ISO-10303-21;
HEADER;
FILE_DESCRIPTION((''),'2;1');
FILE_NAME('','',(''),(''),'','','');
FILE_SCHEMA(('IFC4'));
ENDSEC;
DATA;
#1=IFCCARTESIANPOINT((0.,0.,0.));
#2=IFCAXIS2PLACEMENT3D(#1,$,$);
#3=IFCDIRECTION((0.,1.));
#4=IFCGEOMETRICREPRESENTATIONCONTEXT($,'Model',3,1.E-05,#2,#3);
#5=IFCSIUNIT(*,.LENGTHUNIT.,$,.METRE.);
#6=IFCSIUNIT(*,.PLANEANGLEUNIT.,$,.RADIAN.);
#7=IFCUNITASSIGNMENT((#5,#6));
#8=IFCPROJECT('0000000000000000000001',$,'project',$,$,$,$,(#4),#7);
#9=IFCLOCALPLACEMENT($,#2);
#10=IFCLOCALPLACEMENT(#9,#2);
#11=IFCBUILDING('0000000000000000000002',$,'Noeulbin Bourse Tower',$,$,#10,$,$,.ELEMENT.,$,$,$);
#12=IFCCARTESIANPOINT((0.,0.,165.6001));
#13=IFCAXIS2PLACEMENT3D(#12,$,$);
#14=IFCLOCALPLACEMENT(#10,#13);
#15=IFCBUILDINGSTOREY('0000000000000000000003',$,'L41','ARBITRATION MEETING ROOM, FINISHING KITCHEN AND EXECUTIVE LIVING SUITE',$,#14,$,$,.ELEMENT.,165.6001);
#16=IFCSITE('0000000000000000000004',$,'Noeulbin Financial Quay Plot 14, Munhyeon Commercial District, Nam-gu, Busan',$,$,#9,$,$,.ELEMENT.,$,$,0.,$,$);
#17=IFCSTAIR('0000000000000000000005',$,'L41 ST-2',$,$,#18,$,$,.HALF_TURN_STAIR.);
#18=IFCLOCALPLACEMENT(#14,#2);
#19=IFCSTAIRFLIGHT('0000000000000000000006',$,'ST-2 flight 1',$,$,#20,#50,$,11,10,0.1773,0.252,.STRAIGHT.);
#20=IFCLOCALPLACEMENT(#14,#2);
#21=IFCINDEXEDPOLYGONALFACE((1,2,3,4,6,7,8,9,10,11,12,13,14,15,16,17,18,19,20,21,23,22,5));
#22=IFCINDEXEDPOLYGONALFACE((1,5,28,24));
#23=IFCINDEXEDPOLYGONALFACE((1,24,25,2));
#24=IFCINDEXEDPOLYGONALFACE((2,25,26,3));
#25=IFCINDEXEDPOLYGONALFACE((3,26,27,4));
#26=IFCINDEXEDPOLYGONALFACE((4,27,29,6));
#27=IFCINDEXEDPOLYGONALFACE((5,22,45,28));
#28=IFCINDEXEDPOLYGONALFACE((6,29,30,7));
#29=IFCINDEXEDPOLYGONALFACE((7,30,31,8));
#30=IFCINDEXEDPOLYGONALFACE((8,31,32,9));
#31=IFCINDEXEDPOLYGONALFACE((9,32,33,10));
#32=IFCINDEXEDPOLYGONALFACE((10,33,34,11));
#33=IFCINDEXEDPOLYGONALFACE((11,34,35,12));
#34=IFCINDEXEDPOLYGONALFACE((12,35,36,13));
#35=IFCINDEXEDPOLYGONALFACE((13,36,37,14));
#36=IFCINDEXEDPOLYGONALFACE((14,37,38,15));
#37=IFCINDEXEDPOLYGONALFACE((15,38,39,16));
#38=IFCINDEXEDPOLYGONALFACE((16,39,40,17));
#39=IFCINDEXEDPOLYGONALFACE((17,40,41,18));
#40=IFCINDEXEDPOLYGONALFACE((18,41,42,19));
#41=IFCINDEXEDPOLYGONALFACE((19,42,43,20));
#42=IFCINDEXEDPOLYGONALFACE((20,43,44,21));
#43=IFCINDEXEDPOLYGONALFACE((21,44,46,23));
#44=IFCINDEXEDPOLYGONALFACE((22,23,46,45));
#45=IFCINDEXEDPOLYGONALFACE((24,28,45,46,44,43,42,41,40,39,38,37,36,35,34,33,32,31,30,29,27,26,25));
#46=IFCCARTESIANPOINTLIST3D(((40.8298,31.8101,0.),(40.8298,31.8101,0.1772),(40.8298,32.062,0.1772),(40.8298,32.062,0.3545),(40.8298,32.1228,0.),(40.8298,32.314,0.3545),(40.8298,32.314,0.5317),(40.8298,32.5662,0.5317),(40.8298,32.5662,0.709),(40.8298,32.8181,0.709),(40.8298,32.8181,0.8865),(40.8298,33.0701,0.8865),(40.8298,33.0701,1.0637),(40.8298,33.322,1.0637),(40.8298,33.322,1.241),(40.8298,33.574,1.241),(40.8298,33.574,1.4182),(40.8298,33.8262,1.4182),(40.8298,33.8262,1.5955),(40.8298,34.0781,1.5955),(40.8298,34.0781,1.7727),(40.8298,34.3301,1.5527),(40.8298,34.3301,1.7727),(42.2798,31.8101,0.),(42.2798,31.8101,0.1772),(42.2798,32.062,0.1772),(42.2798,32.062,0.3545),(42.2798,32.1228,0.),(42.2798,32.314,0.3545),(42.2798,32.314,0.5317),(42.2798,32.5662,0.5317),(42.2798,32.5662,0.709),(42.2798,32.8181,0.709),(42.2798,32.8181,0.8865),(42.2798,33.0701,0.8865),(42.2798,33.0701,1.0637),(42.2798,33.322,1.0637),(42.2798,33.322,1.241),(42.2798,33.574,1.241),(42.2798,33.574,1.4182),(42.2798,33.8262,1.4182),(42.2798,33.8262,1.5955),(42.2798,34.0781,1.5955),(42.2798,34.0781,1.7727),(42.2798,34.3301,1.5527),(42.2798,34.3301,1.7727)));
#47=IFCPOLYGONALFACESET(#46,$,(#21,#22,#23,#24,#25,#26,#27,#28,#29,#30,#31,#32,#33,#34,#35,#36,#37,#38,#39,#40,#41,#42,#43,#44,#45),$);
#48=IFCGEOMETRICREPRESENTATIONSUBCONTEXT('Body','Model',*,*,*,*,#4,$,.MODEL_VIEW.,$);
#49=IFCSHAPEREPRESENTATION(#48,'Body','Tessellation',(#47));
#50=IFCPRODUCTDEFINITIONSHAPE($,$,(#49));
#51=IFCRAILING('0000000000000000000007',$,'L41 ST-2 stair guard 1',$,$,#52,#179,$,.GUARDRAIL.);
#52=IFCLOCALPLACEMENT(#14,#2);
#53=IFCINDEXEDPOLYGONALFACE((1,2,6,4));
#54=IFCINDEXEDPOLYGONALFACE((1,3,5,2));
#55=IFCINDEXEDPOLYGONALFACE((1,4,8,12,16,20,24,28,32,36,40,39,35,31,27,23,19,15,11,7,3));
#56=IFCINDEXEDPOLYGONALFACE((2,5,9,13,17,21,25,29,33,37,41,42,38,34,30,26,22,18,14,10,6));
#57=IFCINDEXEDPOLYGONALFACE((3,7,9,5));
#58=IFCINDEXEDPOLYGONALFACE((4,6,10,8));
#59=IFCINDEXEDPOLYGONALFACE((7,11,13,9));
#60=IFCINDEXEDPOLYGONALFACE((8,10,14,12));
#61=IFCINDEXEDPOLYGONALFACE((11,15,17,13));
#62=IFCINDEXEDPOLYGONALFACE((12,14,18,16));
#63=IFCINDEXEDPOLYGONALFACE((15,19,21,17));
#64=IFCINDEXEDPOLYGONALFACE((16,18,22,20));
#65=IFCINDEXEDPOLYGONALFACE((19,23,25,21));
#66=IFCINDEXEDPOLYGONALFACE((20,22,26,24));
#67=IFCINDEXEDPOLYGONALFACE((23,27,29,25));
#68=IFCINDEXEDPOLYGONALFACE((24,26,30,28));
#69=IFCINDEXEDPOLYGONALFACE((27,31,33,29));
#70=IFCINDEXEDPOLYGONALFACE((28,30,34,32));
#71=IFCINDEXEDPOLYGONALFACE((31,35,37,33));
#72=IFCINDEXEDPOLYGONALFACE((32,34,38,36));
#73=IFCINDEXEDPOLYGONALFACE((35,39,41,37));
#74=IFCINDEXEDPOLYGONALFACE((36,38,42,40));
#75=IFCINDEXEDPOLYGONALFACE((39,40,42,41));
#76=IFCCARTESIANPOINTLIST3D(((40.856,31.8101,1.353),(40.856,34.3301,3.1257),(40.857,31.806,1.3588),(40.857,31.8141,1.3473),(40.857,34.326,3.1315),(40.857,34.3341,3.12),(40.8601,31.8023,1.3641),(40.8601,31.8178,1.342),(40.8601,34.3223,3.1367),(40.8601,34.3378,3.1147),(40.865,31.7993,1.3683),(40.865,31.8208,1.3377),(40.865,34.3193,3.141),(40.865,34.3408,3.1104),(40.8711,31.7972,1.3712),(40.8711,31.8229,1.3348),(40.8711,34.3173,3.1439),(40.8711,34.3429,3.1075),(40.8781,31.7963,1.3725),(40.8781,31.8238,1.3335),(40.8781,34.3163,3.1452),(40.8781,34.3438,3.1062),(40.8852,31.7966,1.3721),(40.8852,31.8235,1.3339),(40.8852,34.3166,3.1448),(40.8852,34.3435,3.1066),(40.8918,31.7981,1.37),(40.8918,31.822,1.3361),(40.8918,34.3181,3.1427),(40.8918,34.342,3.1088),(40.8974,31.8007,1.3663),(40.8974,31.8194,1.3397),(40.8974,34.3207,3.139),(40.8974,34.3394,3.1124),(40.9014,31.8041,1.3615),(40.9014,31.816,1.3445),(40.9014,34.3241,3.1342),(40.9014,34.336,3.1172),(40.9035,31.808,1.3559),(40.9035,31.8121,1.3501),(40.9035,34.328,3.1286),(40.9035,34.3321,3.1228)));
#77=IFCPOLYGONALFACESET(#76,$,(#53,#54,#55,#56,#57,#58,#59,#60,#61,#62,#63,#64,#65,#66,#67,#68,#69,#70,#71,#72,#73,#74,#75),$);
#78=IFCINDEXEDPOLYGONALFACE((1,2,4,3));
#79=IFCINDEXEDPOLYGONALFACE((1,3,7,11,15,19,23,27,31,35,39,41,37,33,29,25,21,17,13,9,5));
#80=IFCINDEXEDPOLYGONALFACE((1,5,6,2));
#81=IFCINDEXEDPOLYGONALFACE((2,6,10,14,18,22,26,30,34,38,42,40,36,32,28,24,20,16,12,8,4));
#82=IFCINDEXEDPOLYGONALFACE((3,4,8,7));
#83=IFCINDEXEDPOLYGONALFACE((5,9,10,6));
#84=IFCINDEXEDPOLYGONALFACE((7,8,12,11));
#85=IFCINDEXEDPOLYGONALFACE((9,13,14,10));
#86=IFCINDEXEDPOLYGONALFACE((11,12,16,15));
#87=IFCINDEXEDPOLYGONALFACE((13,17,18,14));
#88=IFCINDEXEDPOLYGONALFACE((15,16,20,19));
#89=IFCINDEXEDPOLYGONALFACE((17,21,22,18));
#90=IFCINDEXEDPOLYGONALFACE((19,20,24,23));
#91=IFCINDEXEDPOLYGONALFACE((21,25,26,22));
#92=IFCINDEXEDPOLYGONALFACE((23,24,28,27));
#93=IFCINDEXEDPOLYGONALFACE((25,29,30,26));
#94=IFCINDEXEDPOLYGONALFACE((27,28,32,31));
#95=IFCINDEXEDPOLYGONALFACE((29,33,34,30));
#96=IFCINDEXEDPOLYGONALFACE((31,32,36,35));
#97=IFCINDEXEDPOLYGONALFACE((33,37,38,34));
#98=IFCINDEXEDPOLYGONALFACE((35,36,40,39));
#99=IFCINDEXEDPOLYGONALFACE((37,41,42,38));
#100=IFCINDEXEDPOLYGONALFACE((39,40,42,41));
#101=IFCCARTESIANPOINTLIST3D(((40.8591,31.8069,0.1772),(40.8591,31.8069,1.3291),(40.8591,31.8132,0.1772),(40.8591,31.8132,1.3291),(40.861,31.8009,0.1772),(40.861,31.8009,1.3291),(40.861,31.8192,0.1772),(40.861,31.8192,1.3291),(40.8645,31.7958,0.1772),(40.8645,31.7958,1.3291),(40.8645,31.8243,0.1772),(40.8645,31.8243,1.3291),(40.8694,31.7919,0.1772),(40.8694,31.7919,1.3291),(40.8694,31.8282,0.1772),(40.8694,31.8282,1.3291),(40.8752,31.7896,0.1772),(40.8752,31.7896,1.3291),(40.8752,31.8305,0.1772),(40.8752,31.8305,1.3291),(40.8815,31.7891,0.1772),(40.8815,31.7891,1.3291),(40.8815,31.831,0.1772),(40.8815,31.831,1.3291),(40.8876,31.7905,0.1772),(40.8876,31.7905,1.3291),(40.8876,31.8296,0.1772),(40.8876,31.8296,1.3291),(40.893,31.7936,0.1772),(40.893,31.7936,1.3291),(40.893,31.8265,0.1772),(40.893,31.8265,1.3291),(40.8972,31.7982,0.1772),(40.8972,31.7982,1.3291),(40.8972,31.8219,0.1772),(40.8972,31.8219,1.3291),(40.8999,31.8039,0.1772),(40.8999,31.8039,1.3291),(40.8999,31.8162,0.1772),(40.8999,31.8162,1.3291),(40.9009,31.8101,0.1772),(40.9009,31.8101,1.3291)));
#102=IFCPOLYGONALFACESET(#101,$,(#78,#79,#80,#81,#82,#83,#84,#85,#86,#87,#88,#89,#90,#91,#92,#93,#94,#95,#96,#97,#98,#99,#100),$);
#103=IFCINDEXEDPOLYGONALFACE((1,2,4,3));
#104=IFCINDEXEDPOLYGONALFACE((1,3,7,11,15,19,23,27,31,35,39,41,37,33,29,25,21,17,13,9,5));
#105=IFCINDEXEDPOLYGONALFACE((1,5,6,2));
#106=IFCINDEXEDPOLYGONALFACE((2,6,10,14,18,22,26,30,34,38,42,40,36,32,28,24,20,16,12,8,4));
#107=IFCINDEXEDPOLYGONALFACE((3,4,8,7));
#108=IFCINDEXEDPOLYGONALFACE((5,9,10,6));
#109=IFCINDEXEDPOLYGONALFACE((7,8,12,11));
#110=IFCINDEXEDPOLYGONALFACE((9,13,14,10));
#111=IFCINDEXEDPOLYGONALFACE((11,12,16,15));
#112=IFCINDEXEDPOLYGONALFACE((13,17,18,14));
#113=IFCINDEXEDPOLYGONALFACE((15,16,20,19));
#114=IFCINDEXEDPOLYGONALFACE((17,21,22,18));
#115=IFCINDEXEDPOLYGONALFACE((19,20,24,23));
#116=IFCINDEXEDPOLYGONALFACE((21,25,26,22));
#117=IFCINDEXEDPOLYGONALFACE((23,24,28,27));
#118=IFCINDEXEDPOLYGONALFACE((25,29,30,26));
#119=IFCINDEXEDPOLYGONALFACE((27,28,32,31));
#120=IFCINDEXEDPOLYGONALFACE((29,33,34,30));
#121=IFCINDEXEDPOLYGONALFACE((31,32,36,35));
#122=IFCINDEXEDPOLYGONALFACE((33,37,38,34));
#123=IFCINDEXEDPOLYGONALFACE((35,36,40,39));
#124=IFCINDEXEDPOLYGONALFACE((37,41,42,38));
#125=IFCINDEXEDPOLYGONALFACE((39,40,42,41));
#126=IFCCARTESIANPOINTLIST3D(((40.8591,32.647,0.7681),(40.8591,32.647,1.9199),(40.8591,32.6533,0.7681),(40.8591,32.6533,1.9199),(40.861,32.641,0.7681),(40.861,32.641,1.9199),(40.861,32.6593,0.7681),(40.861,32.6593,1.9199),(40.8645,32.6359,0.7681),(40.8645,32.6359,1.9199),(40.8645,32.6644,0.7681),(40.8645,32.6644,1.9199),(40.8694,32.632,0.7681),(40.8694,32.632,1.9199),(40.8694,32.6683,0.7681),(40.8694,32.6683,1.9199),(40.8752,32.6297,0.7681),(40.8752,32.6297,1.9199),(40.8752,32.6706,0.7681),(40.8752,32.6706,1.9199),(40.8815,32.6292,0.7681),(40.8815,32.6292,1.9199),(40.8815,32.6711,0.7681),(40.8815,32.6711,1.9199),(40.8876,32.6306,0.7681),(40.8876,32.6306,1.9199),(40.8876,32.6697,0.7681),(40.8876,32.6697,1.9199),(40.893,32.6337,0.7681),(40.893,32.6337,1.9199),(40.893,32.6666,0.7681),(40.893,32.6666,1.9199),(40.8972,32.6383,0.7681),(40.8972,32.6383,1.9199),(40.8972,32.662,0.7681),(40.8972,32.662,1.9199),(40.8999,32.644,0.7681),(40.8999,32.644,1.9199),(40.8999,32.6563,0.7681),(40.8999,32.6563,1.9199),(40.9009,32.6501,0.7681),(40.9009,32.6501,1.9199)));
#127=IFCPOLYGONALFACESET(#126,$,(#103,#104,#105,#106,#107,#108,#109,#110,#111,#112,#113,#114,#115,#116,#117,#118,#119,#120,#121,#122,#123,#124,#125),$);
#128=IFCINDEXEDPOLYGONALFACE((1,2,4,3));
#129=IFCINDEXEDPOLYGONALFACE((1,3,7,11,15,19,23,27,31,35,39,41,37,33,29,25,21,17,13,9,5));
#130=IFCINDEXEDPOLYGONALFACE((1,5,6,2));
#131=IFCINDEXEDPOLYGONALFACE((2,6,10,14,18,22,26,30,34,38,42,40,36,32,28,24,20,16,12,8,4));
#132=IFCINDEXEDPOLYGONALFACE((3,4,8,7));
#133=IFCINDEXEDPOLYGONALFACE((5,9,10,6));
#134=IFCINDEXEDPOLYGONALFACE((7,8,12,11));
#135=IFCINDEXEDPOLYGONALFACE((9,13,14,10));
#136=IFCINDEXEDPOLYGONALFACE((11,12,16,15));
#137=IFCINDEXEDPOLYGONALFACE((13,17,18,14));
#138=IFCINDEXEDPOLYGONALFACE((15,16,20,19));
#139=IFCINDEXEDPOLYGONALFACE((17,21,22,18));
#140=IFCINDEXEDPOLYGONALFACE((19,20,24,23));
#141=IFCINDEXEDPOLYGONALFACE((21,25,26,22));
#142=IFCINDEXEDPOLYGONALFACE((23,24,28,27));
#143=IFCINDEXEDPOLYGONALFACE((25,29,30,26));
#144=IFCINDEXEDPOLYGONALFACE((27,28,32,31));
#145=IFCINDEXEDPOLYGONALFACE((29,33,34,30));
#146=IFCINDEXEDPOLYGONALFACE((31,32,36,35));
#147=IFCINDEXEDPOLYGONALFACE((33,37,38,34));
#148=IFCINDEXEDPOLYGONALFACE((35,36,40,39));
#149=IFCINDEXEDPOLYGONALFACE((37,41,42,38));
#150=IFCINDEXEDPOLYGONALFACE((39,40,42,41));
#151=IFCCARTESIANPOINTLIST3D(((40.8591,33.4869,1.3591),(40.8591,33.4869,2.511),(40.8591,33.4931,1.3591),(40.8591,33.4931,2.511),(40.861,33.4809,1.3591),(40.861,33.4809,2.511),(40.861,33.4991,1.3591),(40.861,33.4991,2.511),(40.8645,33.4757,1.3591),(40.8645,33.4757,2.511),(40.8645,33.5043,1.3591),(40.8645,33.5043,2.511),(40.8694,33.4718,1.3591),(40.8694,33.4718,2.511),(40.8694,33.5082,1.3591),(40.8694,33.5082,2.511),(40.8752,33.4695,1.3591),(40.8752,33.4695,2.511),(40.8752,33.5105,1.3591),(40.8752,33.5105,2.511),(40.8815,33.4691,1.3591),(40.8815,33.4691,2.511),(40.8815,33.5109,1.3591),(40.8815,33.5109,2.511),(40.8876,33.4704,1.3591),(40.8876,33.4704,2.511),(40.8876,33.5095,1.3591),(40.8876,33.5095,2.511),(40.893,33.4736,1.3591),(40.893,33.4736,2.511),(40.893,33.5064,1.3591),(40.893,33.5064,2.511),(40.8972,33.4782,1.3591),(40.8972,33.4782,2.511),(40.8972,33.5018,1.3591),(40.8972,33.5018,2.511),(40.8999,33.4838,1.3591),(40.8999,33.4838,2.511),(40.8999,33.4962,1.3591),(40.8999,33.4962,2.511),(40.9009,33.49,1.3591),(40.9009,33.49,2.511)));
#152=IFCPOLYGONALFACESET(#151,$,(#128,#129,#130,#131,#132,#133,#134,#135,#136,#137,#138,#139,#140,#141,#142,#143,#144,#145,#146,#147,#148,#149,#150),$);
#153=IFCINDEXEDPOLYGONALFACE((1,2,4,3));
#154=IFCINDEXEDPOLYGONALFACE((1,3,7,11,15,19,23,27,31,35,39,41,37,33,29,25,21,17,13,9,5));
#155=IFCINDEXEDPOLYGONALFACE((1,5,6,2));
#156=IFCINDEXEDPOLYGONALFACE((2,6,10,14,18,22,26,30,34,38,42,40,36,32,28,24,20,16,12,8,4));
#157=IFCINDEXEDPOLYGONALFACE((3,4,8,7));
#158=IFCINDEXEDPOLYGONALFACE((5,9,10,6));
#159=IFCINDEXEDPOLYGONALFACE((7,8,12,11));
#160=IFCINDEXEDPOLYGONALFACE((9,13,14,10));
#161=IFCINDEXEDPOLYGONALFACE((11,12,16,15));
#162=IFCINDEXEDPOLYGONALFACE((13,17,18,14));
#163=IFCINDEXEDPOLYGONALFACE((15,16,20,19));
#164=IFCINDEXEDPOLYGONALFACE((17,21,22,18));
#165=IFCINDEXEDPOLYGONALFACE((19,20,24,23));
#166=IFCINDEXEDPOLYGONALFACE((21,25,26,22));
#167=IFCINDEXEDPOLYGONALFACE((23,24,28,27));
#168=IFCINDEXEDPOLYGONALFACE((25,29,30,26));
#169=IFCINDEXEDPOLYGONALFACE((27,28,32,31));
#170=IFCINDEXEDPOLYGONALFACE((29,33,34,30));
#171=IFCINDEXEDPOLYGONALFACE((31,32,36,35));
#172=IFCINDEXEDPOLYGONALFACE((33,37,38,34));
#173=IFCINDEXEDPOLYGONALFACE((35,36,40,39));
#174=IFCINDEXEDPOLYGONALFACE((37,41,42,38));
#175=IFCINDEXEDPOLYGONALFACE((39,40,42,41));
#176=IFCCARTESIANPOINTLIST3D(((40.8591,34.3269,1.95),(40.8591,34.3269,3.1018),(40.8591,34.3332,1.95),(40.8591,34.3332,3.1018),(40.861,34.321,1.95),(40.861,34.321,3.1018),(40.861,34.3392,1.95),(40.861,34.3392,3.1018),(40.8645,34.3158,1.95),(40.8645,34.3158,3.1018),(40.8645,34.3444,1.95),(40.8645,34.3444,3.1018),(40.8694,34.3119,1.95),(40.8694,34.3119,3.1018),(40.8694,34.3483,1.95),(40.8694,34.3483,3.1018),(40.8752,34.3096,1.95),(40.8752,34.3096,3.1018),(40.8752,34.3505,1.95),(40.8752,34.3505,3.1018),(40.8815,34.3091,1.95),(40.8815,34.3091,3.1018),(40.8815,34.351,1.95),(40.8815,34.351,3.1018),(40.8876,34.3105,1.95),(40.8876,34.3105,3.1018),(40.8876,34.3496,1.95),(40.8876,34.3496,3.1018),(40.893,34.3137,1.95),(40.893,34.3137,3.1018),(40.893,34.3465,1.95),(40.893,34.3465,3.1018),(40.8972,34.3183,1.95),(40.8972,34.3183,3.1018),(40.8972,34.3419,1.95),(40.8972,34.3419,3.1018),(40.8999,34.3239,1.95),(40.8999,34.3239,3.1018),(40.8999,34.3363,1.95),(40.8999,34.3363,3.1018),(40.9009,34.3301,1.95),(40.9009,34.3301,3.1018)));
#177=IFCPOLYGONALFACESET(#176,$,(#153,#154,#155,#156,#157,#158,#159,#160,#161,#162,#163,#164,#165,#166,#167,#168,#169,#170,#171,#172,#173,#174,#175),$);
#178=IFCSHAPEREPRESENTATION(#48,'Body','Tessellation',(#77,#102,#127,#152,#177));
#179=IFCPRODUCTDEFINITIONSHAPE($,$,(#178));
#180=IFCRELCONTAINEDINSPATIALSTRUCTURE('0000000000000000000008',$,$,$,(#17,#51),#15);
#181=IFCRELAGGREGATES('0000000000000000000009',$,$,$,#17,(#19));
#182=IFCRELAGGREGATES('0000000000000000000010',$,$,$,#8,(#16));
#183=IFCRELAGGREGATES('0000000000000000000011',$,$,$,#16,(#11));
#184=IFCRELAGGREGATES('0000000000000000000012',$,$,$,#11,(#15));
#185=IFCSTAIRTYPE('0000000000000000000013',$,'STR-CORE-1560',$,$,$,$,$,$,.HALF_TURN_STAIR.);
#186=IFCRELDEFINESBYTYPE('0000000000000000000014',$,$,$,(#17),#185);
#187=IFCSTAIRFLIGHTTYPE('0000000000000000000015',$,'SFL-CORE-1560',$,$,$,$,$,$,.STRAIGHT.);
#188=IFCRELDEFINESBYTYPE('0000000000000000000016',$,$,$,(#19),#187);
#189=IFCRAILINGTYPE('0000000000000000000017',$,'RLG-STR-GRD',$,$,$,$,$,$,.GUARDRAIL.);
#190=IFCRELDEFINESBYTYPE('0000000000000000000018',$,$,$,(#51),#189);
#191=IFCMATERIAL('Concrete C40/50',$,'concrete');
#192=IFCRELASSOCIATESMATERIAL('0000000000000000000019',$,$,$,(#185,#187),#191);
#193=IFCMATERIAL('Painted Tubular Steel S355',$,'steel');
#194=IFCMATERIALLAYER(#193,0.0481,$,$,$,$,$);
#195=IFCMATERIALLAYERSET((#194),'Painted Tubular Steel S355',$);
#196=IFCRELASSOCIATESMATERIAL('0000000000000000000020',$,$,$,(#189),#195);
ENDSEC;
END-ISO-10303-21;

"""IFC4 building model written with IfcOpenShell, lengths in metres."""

from ifc_helpers import new_model, si_unit, direction, frame, origin, origin_2d, place, context, subcontext, project, spatial, polyline, circle, outline, extrude, material, layer, layer_set, type_object, element, aggregate, save


model = new_model("IFC4")

# Units and contexts
model_context = context("Model", 3, precision=1e-05, world=origin(), true_north=direction((0.0, 1.0)))
body_context = subcontext(model_context, "Body", "Model", "MODEL_VIEW")
ifc_project = project(units=[si_unit("LENGTHUNIT", "METRE"), si_unit("PLANEANGLEUNIT", "RADIAN")], contexts=[model_context])

# Site, building, storey
site_placement = place(None, origin())
site = spatial("IfcSite", under=ifc_project, at=site_placement, Name="Noeulbin Financial Quay Plot 14, Munhyeon Commercial District, Nam-gu, Busan", CompositionType="ELEMENT", RefElevation=0.0)
building_placement = place(site_placement, origin())
building = spatial("IfcBuilding", under=site, at=building_placement, Name="Noeulbin Bourse Tower", CompositionType="ELEMENT")
storey_placement = place(building_placement, frame((0.0, 0.0, 165.6001)))
storey = spatial("IfcBuildingStorey", under=building, at=storey_placement, Name="L41", Description="ARBITRATION MEETING ROOM, FINISHING KITCHEN AND EXECUTIVE LIVING SUITE", CompositionType="ELEMENT", Elevation=165.6001)

# Shared definitions
ifc_material_1 = material(Name="Concrete C40/50", Category="concrete")

# Stair, stair flight
stair_type = type_object("IfcStairType", Name="STR-CORE-1560", PredefinedType="HALF_TURN_STAIR", material=ifc_material_1)
stair_placement = place(storey_placement, origin())
stair = element("IfcStair", 1, at=stair_placement, inside=storey, type_object=stair_type, Name="L41 ST-2", PredefinedType="HALF_TURN_STAIR")
stair_flight_type = type_object("IfcStairFlightType", Name="SFL-CORE-1560", PredefinedType="STRAIGHT", material=ifc_material_1)
stair_flight_placement = place(storey_placement, frame((41.5549, 31.8101, 0.0), z_axis=(0.0, 0.0, 1.0), x_axis=(0.0, 1.0, 0.0)))
stair_flight = element("IfcStairFlight", 2, at=stair_flight_placement, type_object=stair_flight_type, Name="ST-2 flight 1", NumberOfRisers=11, NumberOfTreads=10, PredefinedType="STRAIGHT", RiserHeight=0.1773, TreadLength=0.252, context=body_context, shape_type="SweptSolid", body=[
    extrude(outline(polyline([(0.0, 0.0), (0.0, 0.1772), (0.252, 0.1772), (0.252, 0.3545), (0.5039, 0.3545), (0.5039, 0.5317), (0.7561, 0.5317), (0.7561, 0.709), (1.0081, 0.709), (1.0081, 0.8865), (1.26, 0.8865), (1.26, 1.0637), (1.512, 1.0637), (1.512, 1.241), (1.7639, 1.241), (1.7639, 1.4182), (2.0161, 1.4182), (2.0161, 1.5955), (2.2681, 1.5955), (2.2681, 1.7727), (2.52, 1.7727), (2.52, 1.95), (2.52, 1.5527), (0.3127, 0.0), (0.0, 0.0)])), frame((0.0, 0.7251, 0.0), z_axis=(0.0, -1.0, 0.0), x_axis=(1.0, 0.0, 0.0)), (0.0, 0.0, 1.0), 1.45),
])
aggregate(stair, [stair_flight])

# Railing
ifc_material_2 = material(Name="Painted Tubular Steel S355", Category="steel")
ifc_layer_1 = layer(ifc_material_2, 0.0481)
ifc_layer_set_1 = layer_set([ifc_layer_1], Name="Painted Tubular Steel S355")
railing_type_1 = type_object("IfcRailingType", Name="RLG-STR-GRD", PredefinedType="GUARDRAIL", material=ifc_layer_set_1)
railing_1_placement = place(storey_placement, frame((40.8799, 31.8101, 0.1772)))
element("IfcRailing", 3, at=railing_1_placement, inside=storey, type_object=railing_type_1, Name="L41 ST-2 stair guard 1", PredefinedType="GUARDRAIL", context=body_context, shape_type="SweptSolid", body=[
    extrude(circle(Radius=0.0239, at=origin_2d()), frame((0.0, 0.0, 1.1758), z_axis=(0.0, 0.817904, 0.575354), x_axis=(-1.0, 0.0, 0.0)), (0.0, 0.0, 1.0), 3.0811),
    extrude(circle(Radius=0.021, at=origin_2d()), origin(), (0.0, 0.0, 1.0), 1.1519),
    extrude(circle(Radius=0.021, at=origin_2d()), frame((0.0, 0.8401, 0.5908)), (0.0, 0.0, 1.0), 1.1519),
    extrude(circle(Radius=0.021, at=origin_2d()), frame((0.0, 1.6799, 1.1819)), (0.0, 0.0, 1.0), 1.1519),
    extrude(circle(Radius=0.021, at=origin_2d()), frame((0.0, 2.52, 1.7727)), (0.0, 0.0, 1.0), 1.1519),
])

save(model, "model.ifc")
